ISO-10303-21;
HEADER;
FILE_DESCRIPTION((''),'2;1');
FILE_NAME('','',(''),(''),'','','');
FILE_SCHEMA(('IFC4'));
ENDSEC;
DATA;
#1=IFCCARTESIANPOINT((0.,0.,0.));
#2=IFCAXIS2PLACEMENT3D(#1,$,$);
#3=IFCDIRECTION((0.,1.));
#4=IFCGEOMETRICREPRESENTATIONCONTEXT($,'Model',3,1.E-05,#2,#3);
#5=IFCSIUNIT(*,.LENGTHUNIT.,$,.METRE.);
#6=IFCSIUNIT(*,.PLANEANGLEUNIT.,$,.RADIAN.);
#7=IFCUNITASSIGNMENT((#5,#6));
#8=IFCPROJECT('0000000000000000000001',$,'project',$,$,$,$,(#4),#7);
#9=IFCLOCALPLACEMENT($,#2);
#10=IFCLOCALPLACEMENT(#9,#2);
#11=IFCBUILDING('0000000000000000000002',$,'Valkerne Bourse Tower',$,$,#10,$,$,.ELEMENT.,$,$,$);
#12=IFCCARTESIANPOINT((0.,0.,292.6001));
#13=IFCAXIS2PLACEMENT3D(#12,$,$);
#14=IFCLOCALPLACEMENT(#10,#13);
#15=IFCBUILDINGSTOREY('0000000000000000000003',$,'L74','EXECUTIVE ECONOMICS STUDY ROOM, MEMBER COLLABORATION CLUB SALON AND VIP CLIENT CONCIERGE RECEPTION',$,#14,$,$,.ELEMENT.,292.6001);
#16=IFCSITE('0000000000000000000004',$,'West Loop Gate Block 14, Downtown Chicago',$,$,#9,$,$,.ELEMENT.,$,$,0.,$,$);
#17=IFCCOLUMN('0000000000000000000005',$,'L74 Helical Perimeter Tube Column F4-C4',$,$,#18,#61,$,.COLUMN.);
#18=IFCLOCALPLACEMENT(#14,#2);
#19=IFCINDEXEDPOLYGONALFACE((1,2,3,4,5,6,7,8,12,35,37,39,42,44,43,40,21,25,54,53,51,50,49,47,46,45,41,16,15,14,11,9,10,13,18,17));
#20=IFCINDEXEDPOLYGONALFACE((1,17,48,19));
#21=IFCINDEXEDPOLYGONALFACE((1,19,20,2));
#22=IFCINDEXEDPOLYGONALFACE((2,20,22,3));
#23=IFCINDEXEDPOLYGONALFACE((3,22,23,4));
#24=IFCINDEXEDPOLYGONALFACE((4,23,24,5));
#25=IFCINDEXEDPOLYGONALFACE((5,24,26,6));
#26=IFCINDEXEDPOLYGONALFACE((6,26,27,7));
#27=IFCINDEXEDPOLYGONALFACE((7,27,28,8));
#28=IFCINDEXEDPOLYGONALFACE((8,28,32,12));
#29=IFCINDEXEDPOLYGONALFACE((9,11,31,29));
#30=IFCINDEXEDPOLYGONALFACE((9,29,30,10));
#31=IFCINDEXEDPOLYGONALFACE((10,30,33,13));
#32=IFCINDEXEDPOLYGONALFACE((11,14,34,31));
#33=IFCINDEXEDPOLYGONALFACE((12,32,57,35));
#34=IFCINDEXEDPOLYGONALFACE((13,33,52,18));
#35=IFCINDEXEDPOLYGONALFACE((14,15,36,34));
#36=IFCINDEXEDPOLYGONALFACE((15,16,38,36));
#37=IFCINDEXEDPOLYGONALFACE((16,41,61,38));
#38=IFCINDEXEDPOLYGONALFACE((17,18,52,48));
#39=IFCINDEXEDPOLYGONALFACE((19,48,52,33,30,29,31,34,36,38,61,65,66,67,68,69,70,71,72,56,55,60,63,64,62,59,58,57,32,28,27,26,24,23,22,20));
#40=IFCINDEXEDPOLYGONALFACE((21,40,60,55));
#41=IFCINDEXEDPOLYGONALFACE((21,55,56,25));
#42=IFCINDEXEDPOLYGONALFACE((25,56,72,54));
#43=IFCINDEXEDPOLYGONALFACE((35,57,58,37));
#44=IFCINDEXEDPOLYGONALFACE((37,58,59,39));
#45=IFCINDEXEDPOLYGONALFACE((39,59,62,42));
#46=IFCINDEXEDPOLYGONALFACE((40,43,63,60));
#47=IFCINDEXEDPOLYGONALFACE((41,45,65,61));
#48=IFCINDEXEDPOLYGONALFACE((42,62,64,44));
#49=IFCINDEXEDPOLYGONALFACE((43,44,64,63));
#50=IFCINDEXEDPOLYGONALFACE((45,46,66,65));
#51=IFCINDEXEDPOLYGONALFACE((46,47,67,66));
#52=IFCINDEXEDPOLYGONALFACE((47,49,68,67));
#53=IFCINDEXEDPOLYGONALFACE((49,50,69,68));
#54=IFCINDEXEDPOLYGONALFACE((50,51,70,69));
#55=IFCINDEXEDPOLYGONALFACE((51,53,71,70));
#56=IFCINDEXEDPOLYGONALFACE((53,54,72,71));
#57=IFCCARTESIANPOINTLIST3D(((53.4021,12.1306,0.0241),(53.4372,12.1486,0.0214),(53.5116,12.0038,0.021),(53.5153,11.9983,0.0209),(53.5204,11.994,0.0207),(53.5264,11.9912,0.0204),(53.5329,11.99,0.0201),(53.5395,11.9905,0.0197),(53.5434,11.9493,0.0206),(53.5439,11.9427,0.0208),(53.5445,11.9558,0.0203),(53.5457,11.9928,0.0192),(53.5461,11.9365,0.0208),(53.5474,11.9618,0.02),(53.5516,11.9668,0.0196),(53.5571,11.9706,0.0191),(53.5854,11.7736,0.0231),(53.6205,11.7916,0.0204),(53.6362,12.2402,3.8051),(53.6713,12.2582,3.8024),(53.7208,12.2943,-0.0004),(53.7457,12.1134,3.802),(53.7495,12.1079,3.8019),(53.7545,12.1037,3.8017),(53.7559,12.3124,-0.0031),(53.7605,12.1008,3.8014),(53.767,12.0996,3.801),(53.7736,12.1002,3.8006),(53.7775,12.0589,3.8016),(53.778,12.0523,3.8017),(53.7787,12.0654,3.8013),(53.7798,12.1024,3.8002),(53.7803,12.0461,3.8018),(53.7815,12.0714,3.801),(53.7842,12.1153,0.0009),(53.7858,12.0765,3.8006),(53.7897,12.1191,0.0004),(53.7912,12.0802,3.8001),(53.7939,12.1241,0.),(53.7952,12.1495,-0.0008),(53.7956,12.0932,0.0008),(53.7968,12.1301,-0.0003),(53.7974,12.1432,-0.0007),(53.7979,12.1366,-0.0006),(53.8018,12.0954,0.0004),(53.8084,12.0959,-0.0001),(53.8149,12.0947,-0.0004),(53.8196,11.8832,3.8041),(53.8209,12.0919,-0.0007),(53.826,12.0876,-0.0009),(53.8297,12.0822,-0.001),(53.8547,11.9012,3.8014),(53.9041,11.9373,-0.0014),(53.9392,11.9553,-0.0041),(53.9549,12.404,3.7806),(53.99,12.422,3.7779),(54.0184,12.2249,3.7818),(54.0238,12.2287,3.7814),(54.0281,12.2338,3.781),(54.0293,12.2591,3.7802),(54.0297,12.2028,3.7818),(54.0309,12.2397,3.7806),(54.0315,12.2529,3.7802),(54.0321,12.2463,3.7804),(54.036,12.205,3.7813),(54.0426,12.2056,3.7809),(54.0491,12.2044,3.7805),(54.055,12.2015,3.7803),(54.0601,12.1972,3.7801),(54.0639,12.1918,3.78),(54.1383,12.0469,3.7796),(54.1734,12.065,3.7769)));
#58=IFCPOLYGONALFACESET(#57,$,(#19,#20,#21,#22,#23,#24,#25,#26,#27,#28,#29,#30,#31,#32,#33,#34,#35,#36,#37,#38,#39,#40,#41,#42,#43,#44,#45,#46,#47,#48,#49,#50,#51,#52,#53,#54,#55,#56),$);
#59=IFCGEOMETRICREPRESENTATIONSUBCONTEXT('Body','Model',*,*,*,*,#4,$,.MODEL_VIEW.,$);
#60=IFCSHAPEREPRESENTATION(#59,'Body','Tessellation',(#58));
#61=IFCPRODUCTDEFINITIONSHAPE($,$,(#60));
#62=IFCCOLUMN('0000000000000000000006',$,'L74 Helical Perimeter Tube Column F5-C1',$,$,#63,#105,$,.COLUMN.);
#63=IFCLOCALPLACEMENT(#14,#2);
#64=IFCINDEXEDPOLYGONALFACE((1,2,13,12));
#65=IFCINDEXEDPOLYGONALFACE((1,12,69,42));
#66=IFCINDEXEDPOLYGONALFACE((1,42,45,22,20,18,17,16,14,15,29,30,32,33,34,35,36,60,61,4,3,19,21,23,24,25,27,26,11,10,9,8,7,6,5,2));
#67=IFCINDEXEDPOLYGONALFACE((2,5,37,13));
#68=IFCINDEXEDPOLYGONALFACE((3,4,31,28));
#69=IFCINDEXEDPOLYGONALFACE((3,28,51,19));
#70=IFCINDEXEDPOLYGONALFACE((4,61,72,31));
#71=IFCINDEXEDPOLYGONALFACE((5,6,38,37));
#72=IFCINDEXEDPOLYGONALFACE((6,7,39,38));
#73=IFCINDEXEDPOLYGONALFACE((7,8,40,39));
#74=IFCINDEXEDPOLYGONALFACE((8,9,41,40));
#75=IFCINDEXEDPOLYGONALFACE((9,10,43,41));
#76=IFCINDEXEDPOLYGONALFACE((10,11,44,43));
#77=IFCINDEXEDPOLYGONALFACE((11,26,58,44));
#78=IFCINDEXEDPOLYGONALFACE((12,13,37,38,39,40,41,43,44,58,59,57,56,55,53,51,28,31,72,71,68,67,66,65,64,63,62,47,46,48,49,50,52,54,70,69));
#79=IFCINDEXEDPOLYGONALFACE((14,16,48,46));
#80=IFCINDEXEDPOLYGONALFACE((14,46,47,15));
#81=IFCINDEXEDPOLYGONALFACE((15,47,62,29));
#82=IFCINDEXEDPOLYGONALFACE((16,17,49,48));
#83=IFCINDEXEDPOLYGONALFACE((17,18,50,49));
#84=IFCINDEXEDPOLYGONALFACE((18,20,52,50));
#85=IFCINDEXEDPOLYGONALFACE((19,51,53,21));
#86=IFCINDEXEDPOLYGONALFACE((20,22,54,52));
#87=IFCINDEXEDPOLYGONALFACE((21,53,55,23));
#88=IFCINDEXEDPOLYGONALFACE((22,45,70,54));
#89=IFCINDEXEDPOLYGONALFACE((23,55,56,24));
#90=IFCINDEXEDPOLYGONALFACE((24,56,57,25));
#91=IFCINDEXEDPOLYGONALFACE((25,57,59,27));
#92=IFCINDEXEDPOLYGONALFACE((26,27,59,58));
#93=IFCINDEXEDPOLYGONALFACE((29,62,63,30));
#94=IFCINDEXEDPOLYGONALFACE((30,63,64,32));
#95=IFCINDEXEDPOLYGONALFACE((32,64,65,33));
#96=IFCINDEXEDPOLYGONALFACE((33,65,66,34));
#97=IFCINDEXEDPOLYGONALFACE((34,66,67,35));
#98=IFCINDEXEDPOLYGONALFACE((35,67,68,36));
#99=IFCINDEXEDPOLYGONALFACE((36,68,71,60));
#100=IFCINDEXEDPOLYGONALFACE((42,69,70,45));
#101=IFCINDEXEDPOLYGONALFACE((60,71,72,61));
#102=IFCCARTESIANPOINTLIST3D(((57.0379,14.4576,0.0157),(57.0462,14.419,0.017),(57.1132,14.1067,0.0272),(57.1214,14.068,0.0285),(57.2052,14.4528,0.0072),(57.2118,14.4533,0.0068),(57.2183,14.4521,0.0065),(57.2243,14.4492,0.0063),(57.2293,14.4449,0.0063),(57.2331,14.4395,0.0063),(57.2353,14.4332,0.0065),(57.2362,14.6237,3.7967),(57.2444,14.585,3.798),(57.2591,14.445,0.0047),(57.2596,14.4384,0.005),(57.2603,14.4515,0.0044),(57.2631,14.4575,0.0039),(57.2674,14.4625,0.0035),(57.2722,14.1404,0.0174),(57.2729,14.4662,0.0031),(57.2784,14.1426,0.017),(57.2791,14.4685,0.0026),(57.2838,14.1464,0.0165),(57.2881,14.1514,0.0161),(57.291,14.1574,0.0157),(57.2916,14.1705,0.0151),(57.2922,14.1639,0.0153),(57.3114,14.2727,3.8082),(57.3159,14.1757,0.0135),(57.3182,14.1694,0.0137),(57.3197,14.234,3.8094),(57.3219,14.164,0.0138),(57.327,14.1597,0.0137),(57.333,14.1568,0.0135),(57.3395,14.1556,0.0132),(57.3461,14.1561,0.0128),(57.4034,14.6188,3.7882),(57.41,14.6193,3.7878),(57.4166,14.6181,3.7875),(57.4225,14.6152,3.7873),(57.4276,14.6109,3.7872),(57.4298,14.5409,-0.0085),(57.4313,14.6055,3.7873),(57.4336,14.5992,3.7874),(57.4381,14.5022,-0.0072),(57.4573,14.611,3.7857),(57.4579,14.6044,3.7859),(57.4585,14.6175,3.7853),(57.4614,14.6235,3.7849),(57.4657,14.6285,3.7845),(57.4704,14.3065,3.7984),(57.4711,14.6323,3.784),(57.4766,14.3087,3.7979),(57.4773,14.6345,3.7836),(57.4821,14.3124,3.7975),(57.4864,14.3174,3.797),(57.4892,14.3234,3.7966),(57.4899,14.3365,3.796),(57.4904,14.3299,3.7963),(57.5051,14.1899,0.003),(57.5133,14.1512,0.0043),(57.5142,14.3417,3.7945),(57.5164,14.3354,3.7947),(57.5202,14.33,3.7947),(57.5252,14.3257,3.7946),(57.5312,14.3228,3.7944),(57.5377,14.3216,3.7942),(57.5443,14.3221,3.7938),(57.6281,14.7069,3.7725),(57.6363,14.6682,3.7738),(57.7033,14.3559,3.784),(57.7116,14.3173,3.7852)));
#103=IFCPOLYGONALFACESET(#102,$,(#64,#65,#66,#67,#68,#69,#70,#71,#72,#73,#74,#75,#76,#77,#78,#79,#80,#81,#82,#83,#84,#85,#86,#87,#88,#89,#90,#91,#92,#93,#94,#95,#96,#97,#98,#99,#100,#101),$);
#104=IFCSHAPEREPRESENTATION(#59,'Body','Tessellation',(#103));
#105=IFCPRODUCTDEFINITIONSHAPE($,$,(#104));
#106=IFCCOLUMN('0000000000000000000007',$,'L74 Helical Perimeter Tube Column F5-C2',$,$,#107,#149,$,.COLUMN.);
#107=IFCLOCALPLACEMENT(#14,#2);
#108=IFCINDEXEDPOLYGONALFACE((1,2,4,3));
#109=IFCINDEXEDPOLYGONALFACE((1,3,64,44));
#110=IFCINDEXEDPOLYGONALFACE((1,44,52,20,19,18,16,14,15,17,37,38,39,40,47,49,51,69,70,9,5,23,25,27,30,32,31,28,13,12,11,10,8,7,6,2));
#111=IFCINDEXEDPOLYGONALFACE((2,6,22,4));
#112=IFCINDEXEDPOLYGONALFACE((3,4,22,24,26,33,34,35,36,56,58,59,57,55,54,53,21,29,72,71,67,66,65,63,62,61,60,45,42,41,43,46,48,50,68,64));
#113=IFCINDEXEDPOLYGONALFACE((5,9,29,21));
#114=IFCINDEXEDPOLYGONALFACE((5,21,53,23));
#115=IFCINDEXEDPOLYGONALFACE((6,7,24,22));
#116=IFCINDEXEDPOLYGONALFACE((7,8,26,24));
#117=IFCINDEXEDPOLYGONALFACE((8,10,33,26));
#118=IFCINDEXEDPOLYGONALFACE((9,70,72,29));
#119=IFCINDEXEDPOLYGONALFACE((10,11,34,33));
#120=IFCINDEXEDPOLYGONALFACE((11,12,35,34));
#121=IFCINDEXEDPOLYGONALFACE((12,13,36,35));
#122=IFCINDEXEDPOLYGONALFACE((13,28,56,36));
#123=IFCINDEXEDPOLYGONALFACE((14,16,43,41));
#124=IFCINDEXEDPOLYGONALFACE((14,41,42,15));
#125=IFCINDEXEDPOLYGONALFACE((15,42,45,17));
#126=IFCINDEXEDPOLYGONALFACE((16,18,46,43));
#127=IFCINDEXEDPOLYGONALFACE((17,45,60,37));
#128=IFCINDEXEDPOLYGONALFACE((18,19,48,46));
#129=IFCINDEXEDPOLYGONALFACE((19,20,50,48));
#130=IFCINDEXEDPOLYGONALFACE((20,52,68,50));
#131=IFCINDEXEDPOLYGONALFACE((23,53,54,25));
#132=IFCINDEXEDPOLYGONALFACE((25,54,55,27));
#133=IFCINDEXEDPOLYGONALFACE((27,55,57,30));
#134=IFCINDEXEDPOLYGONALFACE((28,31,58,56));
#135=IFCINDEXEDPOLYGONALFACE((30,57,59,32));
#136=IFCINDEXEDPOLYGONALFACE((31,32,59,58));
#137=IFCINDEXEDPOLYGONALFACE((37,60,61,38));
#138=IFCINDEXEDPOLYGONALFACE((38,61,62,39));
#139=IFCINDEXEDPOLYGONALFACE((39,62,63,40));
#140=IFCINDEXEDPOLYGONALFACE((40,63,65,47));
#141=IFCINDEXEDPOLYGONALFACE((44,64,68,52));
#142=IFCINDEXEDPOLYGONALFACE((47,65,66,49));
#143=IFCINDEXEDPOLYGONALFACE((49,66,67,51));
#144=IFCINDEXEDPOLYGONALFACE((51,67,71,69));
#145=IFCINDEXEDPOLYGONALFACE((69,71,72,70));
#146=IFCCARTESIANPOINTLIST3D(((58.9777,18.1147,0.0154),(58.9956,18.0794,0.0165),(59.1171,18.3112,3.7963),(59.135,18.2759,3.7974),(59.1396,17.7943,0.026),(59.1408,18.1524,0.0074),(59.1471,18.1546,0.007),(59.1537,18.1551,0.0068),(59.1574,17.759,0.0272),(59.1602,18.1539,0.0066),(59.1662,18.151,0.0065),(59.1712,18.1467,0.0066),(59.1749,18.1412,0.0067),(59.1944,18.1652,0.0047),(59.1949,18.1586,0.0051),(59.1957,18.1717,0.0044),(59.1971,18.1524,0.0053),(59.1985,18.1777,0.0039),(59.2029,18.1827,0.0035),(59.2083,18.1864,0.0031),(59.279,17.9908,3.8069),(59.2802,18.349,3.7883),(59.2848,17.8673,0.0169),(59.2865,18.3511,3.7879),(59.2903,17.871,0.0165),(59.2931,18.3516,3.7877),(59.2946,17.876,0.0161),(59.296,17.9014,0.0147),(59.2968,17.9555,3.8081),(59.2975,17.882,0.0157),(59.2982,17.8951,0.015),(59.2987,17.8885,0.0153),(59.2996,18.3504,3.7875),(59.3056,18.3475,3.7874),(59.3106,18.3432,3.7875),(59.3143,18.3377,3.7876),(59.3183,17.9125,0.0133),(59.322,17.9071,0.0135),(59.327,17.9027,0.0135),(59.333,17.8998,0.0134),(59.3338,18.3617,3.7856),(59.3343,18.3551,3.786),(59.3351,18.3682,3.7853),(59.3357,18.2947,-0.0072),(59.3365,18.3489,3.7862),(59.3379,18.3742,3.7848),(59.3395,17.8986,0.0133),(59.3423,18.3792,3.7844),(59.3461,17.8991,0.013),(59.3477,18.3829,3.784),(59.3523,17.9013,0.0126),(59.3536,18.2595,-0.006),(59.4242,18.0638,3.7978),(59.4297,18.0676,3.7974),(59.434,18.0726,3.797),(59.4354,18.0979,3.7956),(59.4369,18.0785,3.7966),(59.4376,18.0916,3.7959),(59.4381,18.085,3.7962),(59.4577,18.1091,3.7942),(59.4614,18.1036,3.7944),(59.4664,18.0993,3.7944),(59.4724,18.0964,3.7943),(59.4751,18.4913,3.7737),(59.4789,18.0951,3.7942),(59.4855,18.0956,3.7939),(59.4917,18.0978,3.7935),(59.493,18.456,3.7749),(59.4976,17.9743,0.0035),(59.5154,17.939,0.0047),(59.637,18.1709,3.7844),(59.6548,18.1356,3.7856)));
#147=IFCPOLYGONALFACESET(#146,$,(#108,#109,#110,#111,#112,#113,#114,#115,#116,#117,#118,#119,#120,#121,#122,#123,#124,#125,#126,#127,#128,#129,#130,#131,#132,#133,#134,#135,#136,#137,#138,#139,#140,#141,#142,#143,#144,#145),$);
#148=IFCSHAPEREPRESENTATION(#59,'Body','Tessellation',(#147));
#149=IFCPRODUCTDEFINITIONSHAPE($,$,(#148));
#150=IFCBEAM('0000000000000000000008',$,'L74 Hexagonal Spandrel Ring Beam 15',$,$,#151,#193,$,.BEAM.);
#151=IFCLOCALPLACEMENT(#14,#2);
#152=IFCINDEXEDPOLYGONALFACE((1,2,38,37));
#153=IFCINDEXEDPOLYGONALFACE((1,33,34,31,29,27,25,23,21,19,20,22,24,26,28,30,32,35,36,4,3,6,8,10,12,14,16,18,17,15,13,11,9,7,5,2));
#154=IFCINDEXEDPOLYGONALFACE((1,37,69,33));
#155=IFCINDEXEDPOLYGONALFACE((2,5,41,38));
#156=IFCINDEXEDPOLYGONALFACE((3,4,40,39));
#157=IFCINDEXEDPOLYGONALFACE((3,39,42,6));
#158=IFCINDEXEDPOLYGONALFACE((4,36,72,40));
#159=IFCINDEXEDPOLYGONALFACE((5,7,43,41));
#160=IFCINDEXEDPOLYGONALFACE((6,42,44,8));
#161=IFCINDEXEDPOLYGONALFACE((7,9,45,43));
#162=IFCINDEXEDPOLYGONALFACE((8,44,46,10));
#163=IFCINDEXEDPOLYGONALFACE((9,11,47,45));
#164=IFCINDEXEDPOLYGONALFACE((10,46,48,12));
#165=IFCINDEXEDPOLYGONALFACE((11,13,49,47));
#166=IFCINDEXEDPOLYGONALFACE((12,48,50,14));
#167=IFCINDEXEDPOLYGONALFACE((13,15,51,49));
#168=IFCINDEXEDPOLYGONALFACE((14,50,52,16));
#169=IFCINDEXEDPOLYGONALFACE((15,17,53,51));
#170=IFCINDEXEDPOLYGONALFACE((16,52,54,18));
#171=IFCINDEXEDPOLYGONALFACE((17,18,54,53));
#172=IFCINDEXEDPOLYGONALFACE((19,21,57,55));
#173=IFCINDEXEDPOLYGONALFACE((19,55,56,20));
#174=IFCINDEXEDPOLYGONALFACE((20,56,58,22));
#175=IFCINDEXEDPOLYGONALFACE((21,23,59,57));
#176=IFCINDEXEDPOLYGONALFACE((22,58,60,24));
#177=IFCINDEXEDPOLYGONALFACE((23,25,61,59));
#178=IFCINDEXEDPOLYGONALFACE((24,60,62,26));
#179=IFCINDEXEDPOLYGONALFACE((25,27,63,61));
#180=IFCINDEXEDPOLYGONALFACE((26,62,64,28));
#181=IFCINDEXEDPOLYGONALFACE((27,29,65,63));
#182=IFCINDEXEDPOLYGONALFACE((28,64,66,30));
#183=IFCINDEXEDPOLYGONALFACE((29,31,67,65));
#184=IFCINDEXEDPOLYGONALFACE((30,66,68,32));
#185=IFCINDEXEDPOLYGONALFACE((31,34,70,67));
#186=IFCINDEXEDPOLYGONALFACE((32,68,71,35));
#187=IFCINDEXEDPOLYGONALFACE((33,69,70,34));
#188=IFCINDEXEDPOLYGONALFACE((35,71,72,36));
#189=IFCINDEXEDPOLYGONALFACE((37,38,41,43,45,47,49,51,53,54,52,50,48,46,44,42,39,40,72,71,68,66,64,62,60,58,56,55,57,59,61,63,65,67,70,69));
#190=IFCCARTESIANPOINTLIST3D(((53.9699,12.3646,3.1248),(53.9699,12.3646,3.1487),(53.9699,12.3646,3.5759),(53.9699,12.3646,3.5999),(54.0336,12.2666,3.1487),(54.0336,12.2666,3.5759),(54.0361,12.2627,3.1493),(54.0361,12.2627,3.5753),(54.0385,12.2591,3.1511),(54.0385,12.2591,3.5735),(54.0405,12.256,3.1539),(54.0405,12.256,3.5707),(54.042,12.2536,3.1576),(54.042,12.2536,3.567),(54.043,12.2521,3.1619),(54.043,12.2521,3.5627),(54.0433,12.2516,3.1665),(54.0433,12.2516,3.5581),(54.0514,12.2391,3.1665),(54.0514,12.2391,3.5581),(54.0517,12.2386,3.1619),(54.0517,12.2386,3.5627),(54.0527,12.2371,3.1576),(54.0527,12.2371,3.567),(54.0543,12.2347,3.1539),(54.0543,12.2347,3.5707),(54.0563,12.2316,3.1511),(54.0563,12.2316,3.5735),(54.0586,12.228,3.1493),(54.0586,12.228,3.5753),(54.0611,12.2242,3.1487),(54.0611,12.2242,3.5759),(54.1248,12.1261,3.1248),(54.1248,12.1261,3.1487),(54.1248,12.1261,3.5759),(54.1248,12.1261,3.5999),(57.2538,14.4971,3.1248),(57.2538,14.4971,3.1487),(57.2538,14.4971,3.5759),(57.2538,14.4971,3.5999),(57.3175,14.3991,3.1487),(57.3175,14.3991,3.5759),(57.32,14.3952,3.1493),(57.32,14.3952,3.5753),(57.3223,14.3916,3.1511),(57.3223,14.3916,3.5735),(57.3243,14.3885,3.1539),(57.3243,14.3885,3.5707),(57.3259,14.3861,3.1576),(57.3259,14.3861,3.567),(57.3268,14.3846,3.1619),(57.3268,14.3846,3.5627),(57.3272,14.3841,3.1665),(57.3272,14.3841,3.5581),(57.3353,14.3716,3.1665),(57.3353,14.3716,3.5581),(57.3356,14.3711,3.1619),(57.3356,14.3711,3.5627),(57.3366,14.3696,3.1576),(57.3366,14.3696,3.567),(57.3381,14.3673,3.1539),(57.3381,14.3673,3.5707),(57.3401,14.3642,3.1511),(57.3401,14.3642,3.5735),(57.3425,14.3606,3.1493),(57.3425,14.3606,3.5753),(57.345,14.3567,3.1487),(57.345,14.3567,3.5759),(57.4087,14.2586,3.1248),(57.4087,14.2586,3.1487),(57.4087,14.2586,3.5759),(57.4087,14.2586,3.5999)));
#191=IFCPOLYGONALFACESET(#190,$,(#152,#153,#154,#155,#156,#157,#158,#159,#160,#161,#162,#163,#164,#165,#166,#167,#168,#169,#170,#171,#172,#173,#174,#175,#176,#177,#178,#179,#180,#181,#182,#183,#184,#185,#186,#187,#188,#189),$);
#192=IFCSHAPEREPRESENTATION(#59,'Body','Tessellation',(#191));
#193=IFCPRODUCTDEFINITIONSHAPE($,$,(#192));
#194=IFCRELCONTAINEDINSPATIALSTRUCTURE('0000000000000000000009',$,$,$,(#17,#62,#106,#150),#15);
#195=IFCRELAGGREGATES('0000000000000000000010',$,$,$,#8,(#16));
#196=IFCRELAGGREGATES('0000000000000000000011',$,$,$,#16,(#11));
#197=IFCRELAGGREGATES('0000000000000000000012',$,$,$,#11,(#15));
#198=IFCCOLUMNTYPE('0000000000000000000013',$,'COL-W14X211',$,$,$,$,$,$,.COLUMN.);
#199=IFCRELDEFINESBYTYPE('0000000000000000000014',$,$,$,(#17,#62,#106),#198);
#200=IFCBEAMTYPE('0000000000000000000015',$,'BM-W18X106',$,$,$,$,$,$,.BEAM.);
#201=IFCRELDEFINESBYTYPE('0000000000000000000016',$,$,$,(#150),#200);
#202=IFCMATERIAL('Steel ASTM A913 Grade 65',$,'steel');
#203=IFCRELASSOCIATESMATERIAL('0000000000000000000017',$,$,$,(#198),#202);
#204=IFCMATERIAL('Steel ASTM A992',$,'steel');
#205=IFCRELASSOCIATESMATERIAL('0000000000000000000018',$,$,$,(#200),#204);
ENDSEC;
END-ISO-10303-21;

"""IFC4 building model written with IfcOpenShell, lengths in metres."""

from ifc_helpers import new_model, si_unit, direction, frame, origin, origin_2d, place, context, subcontext, project, spatial, i_section, extrude, material, material_profile, profile_set, type_object, element, save


model = new_model("IFC4")

# Units and contexts
model_context = context("Model", 3, precision=1e-05, world=origin(), true_north=direction((0.0, 1.0)))
body_context = subcontext(model_context, "Body", "Model", "MODEL_VIEW")
ifc_project = project(units=[si_unit("LENGTHUNIT", "METRE"), si_unit("PLANEANGLEUNIT", "RADIAN")], contexts=[model_context])

# Site, building, storey
site_placement = place(None, origin())
site = spatial("IfcSite", under=ifc_project, at=site_placement, Name="West Loop Gate Block 14, Downtown Chicago", CompositionType="ELEMENT", RefElevation=0.0)
building_placement = place(site_placement, origin())
building = spatial("IfcBuilding", under=site, at=building_placement, Name="Valkerne Bourse Tower", CompositionType="ELEMENT")
storey_placement = place(building_placement, frame((0.0, 0.0, 292.6001)))
storey = spatial("IfcBuildingStorey", under=building, at=storey_placement, Name="L74", Description="EXECUTIVE ECONOMICS STUDY ROOM, MEMBER COLLABORATION CLUB SALON AND VIP CLIENT CONCIERGE RECEPTION", CompositionType="ELEMENT", Elevation=292.6001)

# Columns
ifc_material_1 = material(Name="Steel ASTM A913 Grade 65", Category="steel")
ifc_material_profile_1 = material_profile(ifc_material_1, i_section(OverallWidth=0.4014, OverallDepth=0.3987, WebThickness=0.0249, FlangeThickness=0.0396, FilletRadius=0.0254, at=origin_2d()), Name="W14X211")
ifc_profile_set_1 = profile_set([ifc_material_profile_1], Name="Steel ASTM A913 Grade 65")
column_type = type_object("IfcColumnType", Name="COL-W14X211", PredefinedType="COLUMN", material=ifc_profile_set_1)
for number, where, z_axis, x_axis, name in (
    (1, (53.6707, 12.043, 0.01), (0.061779, 0.028925, 0.997671), (-0.456847, 0.889542, 0.0025), "L74 Helical Perimeter Tube Column F4-C4"),
    (2, (57.2756, 14.3044, 0.01), (0.052309, 0.043805, 0.99767), (-0.976408, -0.207342, 0.060298), "L74 Helical Perimeter Tube Column F5-C1"),
):
    element("IfcColumn", number, at=place(storey_placement, frame(where, z_axis=z_axis, x_axis=x_axis)), inside=storey, type_object=column_type, Name=name, PredefinedType="COLUMN", context=body_context, shape_type="SweptSolid", body=[
        extrude(i_section(OverallWidth=0.4014, OverallDepth=0.3987, WebThickness=0.0249, FlangeThickness=0.0396, FilletRadius=0.0254, at=origin_2d()), origin(), (0.0, 0.0, 1.0), 3.7898),
    ])
column_placement = place(storey_placement, frame((59.2466, 18.0269, 0.01), z_axis=(0.036795, 0.051874, 0.997976), x_axis=(-0.891934, -0.448659, 0.056206)))
element("IfcColumn", 3, at=column_placement, inside=storey, type_object=column_type, Name="L74 Helical Perimeter Tube Column F5-C2", PredefinedType="COLUMN", context=body_context, shape_type="SweptSolid", body=[
    extrude(i_section(OverallWidth=0.4014, OverallDepth=0.3987, WebThickness=0.0249, FlangeThickness=0.0396, FilletRadius=0.0254, at=origin_2d()), origin(), (0.0, 0.0, 1.0), 3.7886),
])

# Beam
ifc_material_2 = material(Name="Steel ASTM A992", Category="steel")
ifc_material_profile_2 = material_profile(ifc_material_2, i_section(OverallWidth=0.2844, OverallDepth=0.4751, WebThickness=0.0149, FlangeThickness=0.0239, FilletRadius=0.0178, at=origin_2d()), Name="W18X106")
ifc_profile_set_2 = profile_set([ifc_material_profile_2], Name="Steel ASTM A992")
beam_type = type_object("IfcBeamType", Name="BM-W18X106", PredefinedType="BEAM", material=ifc_profile_set_2)
beam_placement = place(storey_placement, frame((54.0474, 12.2454, 3.3623), z_axis=(0.838676, 0.544631, 0.0), x_axis=(-0.544631, 0.838676, 0.0)))
element("IfcBeam", 4, at=beam_placement, inside=storey, type_object=beam_type, Name="L74 Hexagonal Spandrel Ring Beam 15", PredefinedType="BEAM", context=body_context, shape_type="SweptSolid", body=[
    extrude(i_section(OverallWidth=0.2844, OverallDepth=0.4751, WebThickness=0.0149, FlangeThickness=0.0239, FilletRadius=0.0178, at=origin_2d()), origin(), (0.0, 0.0, 1.0), 3.9155),
])

save(model, "model.ifc")
